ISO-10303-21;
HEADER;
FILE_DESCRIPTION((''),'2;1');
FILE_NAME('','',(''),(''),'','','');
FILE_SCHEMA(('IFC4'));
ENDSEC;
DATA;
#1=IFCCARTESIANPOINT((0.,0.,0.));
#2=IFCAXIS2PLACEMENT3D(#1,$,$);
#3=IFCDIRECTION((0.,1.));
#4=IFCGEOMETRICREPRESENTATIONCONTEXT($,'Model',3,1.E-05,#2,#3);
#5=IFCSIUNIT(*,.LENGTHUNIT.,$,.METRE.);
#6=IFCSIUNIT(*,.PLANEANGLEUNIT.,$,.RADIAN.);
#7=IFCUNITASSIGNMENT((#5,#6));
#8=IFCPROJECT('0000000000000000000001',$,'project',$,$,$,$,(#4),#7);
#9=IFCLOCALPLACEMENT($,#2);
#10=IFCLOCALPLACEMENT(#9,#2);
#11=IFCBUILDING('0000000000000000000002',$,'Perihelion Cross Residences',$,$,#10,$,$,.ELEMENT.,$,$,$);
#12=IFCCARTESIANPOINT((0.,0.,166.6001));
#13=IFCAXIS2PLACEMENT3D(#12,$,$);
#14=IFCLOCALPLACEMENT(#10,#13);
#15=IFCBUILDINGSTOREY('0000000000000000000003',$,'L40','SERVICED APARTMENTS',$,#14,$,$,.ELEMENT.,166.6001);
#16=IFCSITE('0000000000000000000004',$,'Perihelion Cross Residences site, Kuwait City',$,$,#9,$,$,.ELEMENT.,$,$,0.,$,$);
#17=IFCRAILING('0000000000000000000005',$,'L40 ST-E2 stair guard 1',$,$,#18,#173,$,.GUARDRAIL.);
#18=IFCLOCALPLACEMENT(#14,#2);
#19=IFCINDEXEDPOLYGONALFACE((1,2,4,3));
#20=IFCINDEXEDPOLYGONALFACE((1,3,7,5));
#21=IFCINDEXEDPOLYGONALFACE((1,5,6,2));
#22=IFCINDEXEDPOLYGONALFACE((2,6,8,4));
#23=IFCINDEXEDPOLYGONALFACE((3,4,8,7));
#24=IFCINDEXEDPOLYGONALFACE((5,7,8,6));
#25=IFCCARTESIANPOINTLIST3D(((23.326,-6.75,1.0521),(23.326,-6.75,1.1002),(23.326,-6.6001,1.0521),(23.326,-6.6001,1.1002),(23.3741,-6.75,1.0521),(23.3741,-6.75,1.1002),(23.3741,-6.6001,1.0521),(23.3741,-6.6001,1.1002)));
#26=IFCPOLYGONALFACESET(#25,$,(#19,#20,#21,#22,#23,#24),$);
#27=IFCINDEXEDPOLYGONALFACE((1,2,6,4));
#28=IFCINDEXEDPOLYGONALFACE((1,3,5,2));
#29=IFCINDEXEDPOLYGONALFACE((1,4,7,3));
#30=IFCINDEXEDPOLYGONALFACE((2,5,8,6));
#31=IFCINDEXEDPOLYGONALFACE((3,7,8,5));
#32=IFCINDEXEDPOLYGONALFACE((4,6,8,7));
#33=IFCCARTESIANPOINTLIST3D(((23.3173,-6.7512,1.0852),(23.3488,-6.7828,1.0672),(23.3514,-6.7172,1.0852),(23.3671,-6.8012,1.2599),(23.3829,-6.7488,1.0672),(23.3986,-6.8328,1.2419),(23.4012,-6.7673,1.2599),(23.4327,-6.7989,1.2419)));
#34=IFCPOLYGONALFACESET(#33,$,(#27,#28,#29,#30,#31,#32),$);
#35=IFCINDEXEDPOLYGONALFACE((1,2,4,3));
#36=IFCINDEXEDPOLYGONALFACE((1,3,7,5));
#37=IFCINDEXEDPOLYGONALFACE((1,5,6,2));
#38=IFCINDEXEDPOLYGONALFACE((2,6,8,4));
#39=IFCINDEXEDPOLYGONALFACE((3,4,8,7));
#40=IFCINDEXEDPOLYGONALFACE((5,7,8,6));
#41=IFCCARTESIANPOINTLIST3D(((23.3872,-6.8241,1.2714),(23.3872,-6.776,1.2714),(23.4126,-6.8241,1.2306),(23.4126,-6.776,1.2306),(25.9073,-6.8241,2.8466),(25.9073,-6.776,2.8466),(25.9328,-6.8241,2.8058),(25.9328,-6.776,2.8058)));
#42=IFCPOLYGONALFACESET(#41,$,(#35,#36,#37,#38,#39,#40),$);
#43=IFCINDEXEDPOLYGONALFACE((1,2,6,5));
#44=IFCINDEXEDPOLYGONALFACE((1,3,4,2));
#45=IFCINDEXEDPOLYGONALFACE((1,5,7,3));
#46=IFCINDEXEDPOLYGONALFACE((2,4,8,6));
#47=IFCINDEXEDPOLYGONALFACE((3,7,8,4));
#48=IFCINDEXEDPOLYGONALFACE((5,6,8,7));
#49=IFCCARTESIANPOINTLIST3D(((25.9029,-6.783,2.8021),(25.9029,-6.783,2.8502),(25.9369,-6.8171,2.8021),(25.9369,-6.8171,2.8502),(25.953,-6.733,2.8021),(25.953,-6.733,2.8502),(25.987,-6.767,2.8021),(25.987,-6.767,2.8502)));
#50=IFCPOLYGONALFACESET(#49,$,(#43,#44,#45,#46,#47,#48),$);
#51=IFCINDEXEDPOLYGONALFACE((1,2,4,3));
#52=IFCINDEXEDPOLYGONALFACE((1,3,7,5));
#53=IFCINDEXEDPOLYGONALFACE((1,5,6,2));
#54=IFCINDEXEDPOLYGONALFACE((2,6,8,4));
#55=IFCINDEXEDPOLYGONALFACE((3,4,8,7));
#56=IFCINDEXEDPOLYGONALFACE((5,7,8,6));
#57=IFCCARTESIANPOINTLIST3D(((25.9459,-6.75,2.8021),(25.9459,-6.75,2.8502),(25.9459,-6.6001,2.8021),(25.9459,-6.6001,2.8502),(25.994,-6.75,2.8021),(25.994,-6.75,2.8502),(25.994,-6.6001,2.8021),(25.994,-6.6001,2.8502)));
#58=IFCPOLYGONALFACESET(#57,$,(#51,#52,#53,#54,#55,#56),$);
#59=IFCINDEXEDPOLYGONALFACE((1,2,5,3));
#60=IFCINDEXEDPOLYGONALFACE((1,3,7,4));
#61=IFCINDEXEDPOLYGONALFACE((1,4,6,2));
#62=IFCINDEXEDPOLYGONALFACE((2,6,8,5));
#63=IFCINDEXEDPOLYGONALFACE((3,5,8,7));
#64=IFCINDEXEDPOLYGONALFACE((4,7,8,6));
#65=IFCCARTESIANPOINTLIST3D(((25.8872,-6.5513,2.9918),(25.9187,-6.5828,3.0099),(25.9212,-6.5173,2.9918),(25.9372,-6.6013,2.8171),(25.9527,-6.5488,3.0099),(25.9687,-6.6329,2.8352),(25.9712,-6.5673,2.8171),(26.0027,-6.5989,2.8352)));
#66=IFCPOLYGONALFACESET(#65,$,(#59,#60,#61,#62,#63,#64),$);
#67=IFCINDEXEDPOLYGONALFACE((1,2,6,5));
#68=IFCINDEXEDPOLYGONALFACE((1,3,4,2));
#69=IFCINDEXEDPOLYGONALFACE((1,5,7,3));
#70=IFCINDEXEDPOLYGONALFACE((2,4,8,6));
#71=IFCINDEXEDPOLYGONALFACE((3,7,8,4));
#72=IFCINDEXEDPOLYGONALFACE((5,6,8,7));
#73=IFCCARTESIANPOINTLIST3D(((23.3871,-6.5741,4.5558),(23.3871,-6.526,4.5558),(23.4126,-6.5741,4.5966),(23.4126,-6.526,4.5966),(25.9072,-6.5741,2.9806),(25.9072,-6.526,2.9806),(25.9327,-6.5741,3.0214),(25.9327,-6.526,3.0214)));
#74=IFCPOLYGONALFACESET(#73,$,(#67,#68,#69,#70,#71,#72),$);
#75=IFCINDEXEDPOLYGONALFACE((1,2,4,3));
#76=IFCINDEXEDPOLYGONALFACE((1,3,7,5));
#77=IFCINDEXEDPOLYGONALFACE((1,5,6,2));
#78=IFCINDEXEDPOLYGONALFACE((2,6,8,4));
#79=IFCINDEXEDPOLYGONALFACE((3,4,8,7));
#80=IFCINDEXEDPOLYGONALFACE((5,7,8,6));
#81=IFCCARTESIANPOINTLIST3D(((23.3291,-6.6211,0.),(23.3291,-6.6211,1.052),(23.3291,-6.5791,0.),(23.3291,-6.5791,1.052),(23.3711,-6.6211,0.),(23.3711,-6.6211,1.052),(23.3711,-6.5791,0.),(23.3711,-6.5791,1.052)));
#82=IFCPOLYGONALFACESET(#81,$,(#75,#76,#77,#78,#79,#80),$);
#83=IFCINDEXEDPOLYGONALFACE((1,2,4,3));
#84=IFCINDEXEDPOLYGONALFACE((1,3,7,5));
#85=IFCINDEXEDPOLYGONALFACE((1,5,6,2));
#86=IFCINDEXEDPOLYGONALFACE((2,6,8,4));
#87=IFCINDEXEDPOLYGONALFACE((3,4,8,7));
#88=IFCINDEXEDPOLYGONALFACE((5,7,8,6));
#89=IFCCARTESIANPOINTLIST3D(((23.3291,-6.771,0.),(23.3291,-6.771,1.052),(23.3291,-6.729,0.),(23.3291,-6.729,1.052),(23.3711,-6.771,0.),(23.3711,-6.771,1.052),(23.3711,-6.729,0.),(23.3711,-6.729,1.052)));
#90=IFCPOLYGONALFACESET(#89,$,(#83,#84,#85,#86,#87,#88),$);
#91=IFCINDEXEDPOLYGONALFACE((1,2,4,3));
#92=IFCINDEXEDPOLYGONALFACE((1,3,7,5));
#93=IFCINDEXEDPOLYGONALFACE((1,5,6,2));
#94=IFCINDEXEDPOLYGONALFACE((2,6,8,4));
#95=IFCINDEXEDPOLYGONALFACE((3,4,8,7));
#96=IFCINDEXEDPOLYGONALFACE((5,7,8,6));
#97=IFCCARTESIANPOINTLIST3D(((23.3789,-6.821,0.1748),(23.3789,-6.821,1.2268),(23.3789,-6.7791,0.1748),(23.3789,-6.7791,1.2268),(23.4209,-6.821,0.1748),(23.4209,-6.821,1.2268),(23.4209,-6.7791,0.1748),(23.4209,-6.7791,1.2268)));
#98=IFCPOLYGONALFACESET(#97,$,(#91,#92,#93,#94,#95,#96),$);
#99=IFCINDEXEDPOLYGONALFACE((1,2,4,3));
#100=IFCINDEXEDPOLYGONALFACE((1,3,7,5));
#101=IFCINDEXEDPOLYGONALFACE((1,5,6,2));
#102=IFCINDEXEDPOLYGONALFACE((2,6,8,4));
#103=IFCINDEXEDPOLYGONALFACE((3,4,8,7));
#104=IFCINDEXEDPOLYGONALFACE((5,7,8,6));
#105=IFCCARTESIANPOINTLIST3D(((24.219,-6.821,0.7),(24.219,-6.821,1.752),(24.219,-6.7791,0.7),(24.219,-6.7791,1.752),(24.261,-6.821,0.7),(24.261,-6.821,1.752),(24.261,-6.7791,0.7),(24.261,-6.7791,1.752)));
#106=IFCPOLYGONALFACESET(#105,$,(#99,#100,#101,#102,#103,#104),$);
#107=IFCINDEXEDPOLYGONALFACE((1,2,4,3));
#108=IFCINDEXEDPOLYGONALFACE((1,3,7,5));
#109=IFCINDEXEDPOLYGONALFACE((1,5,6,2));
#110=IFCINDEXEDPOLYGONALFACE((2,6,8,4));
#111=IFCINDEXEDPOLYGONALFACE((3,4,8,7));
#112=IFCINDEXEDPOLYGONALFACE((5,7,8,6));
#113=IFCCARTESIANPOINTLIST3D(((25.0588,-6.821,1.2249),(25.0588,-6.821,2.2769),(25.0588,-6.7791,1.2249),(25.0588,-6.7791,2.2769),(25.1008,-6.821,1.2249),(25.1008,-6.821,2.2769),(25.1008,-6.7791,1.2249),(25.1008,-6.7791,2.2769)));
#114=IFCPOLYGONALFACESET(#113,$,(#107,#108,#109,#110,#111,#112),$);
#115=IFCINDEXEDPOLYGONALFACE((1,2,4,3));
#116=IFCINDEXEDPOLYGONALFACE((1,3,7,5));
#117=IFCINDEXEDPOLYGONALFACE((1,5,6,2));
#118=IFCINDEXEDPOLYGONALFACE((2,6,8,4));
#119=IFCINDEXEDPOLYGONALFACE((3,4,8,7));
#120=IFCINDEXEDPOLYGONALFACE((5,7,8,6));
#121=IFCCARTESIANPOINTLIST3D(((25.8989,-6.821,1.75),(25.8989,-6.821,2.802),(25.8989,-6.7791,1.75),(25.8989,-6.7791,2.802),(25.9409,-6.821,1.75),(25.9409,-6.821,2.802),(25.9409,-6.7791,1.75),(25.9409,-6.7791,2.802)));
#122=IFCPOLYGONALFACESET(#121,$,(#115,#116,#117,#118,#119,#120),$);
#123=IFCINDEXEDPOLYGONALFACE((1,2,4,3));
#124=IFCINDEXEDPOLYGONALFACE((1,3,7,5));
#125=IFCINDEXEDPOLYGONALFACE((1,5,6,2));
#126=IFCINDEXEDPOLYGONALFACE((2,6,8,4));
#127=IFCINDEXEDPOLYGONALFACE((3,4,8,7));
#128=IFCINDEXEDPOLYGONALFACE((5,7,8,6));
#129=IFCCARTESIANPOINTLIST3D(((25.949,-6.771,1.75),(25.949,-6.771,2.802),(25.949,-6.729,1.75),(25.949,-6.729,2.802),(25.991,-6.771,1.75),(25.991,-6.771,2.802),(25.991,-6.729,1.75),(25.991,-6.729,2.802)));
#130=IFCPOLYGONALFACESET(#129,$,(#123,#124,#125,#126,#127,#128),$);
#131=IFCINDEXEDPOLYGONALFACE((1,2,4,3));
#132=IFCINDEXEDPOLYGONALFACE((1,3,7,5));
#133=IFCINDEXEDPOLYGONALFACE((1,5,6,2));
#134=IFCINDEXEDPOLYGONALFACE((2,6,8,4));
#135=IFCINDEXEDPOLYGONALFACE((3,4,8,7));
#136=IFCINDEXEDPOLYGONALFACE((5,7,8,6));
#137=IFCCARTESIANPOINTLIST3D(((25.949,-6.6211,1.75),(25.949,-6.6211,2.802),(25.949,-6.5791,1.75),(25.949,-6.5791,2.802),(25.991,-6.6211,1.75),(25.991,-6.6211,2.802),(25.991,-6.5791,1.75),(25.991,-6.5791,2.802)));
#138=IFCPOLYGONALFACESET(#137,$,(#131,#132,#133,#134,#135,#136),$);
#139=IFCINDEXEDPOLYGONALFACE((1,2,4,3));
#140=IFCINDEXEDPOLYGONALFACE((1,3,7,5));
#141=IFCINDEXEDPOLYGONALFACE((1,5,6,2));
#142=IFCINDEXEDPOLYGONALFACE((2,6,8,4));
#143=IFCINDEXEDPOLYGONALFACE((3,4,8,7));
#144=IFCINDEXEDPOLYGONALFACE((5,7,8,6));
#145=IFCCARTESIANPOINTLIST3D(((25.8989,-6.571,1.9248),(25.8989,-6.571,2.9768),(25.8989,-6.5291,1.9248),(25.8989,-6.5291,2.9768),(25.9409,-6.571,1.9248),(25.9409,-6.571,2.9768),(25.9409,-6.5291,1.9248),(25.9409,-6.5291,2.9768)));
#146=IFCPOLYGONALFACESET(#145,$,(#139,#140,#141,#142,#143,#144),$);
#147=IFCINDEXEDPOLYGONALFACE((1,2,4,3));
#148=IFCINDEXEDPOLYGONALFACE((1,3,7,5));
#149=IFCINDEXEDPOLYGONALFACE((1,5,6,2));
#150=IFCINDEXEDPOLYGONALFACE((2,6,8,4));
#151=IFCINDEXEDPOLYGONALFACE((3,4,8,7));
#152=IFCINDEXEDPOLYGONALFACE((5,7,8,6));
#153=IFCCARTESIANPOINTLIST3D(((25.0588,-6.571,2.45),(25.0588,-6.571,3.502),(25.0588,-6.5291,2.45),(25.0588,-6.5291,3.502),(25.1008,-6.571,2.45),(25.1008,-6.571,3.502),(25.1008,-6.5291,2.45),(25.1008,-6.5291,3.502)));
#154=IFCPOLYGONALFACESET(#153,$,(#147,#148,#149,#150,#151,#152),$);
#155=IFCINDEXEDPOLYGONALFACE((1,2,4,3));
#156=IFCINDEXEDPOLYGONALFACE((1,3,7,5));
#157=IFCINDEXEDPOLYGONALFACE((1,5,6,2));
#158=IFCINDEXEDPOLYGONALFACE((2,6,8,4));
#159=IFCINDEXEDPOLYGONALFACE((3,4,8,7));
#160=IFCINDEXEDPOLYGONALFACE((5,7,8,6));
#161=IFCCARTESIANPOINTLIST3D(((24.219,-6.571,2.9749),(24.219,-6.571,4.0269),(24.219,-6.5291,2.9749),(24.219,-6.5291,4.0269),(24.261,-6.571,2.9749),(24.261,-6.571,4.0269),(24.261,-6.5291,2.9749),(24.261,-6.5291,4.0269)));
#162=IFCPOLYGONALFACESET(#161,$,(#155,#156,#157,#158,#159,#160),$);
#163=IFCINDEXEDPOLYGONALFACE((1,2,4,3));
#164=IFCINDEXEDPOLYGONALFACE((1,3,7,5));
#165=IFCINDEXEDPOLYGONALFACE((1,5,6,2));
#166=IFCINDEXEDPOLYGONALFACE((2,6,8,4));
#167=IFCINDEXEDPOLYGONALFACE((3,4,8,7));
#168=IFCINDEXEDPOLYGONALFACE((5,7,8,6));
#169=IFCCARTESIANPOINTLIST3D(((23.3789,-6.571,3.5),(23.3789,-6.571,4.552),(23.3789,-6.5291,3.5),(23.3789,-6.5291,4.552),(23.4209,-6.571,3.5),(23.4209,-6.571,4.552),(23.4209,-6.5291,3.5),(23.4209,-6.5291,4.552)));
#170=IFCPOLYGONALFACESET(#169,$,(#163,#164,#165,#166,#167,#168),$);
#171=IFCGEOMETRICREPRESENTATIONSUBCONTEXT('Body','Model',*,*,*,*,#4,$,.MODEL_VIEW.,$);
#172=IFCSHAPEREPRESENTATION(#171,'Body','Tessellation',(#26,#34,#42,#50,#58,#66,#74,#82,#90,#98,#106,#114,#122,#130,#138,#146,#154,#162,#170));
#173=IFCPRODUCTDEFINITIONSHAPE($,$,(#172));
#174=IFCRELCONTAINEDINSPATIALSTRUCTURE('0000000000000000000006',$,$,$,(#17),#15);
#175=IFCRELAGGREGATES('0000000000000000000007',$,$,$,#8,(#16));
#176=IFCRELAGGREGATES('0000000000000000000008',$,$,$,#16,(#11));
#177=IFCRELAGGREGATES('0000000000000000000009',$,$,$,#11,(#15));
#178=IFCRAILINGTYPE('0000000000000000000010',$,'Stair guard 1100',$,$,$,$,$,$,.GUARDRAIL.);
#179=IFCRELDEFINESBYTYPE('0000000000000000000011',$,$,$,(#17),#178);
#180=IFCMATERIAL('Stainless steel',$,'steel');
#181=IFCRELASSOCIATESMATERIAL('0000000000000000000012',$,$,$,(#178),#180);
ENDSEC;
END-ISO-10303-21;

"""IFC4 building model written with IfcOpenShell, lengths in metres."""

from ifc_helpers import new_model, si_unit, direction, frame, origin, origin_2d, place, context, subcontext, project, spatial, rectangle, extrude, material, type_object, element, save


model = new_model("IFC4")

# Units and contexts
model_context = context("Model", 3, precision=1e-05, world=origin(), true_north=direction((0.0, 1.0)))
body_context = subcontext(model_context, "Body", "Model", "MODEL_VIEW")
ifc_project = project(units=[si_unit("LENGTHUNIT", "METRE"), si_unit("PLANEANGLEUNIT", "RADIAN")], contexts=[model_context])

# Site, building, storey
site_placement = place(None, origin())
site = spatial("IfcSite", under=ifc_project, at=site_placement, Name="Perihelion Cross Residences site, Kuwait City", CompositionType="ELEMENT", RefElevation=0.0)
building_placement = place(site_placement, origin())
building = spatial("IfcBuilding", under=site, at=building_placement, Name="Perihelion Cross Residences", CompositionType="ELEMENT")
storey_placement = place(building_placement, frame((0.0, 0.0, 166.6001)))
storey = spatial("IfcBuildingStorey", under=building, at=storey_placement, Name="L40", Description="SERVICED APARTMENTS", CompositionType="ELEMENT", Elevation=166.6001)

# Railing
ifc_material_1 = material(Name="Stainless steel", Category="steel")
railing_type_1 = type_object("IfcRailingType", Name="Stair guard 1100", PredefinedType="GUARDRAIL", material=ifc_material_1)
railing_1_placement = place(storey_placement, frame((23.3501, -6.6001, 0.0)))
element("IfcRailing", 1, at=railing_1_placement, inside=storey, type_object=railing_type_1, Name="L40 ST-E2 stair guard 1", PredefinedType="GUARDRAIL", context=body_context, shape_type="SweptSolid", body=[
    extrude(rectangle(XDim=0.0481, YDim=0.0481, at=origin_2d()), frame((0.0, 0.0, 1.0762), z_axis=(0.0, -1.0, 0.0), x_axis=(1.0, 0.0, 0.0)), (0.0, 0.0, 1.0), 0.1499),
    extrude(rectangle(XDim=0.0481, YDim=0.0481, at=origin_2d()), frame((0.0, -0.1499, 1.0762), z_axis=(0.264179, -0.265474, 0.927218), x_axis=(0.708834, 0.705376, 0.0)), (0.0, 0.0, 1.0), 0.1885),
    extrude(rectangle(XDim=0.0481, YDim=0.0481, at=origin_2d()), frame((0.0498, -0.2, 1.251), z_axis=(0.847971, 0.0, 0.530043), x_axis=(0.0, 1.0, 0.0)), (0.0, 0.0, 1.0), 2.9719),
    extrude(rectangle(XDim=0.0481, YDim=0.0481, at=origin_2d()), frame((2.5698, -0.2, 2.8262), z_axis=(0.707107, 0.707107, 0.0), x_axis=(-0.707107, 0.707107, 0.0)), (0.0, 0.0, 1.0), 0.0708),
    extrude(rectangle(XDim=0.0481, YDim=0.0481, at=origin_2d()), frame((2.6199, -0.1499, 2.8262), z_axis=(0.0, 1.0, 0.0), x_axis=(-1.0, 0.0, 0.0)), (0.0, 0.0, 1.0), 0.1499),
    extrude(rectangle(XDim=0.0481, YDim=0.0481, at=origin_2d()), frame((2.6199, 0.0, 2.8262), z_axis=(-0.265383, 0.265383, 0.9269), x_axis=(-0.707107, -0.707107, 0.0)), (0.0, 0.0, 1.0), 0.1885),
    extrude(rectangle(XDim=0.0481, YDim=0.0481, at=origin_2d()), frame((2.5698, 0.05, 3.001), z_axis=(-0.847971, 0.0, 0.530043), x_axis=(0.0, -1.0, 0.0)), (0.0, 0.0, 1.0), 2.9719),
    extrude(rectangle(XDim=0.042, YDim=0.042, at=origin_2d()), origin(), (0.0, 0.0, 1.0), 1.052),
    extrude(rectangle(XDim=0.042, YDim=0.042, at=origin_2d()), frame((0.0, -0.1499, 0.0)), (0.0, 0.0, 1.0), 1.052),
    extrude(rectangle(XDim=0.042, YDim=0.042, at=origin_2d()), frame((0.0498, -0.2, 0.1748)), (0.0, 0.0, 1.0), 1.052),
    extrude(rectangle(XDim=0.042, YDim=0.042, at=origin_2d()), frame((0.8899, -0.2, 0.7)), (0.0, 0.0, 1.0), 1.052),
    extrude(rectangle(XDim=0.042, YDim=0.042, at=origin_2d()), frame((1.7297, -0.2, 1.2249)), (0.0, 0.0, 1.0), 1.052),
    extrude(rectangle(XDim=0.042, YDim=0.042, at=origin_2d()), frame((2.5698, -0.2, 1.75)), (0.0, 0.0, 1.0), 1.052),
    extrude(rectangle(XDim=0.042, YDim=0.042, at=origin_2d()), frame((2.6199, -0.1499, 1.75)), (0.0, 0.0, 1.0), 1.052),
    extrude(rectangle(XDim=0.042, YDim=0.042, at=origin_2d()), frame((2.6199, 0.0, 1.75)), (0.0, 0.0, 1.0), 1.052),
    extrude(rectangle(XDim=0.042, YDim=0.042, at=origin_2d()), frame((2.5698, 0.05, 1.9248)), (0.0, 0.0, 1.0), 1.052),
    extrude(rectangle(XDim=0.042, YDim=0.042, at=origin_2d()), frame((1.7297, 0.05, 2.45)), (0.0, 0.0, 1.0), 1.052),
    extrude(rectangle(XDim=0.042, YDim=0.042, at=origin_2d()), frame((0.8899, 0.05, 2.9749)), (0.0, 0.0, 1.0), 1.052),
    extrude(rectangle(XDim=0.042, YDim=0.042, at=origin_2d()), frame((0.0498, 0.05, 3.5)), (0.0, 0.0, 1.0), 1.052),
])

save(model, "model.ifc")
